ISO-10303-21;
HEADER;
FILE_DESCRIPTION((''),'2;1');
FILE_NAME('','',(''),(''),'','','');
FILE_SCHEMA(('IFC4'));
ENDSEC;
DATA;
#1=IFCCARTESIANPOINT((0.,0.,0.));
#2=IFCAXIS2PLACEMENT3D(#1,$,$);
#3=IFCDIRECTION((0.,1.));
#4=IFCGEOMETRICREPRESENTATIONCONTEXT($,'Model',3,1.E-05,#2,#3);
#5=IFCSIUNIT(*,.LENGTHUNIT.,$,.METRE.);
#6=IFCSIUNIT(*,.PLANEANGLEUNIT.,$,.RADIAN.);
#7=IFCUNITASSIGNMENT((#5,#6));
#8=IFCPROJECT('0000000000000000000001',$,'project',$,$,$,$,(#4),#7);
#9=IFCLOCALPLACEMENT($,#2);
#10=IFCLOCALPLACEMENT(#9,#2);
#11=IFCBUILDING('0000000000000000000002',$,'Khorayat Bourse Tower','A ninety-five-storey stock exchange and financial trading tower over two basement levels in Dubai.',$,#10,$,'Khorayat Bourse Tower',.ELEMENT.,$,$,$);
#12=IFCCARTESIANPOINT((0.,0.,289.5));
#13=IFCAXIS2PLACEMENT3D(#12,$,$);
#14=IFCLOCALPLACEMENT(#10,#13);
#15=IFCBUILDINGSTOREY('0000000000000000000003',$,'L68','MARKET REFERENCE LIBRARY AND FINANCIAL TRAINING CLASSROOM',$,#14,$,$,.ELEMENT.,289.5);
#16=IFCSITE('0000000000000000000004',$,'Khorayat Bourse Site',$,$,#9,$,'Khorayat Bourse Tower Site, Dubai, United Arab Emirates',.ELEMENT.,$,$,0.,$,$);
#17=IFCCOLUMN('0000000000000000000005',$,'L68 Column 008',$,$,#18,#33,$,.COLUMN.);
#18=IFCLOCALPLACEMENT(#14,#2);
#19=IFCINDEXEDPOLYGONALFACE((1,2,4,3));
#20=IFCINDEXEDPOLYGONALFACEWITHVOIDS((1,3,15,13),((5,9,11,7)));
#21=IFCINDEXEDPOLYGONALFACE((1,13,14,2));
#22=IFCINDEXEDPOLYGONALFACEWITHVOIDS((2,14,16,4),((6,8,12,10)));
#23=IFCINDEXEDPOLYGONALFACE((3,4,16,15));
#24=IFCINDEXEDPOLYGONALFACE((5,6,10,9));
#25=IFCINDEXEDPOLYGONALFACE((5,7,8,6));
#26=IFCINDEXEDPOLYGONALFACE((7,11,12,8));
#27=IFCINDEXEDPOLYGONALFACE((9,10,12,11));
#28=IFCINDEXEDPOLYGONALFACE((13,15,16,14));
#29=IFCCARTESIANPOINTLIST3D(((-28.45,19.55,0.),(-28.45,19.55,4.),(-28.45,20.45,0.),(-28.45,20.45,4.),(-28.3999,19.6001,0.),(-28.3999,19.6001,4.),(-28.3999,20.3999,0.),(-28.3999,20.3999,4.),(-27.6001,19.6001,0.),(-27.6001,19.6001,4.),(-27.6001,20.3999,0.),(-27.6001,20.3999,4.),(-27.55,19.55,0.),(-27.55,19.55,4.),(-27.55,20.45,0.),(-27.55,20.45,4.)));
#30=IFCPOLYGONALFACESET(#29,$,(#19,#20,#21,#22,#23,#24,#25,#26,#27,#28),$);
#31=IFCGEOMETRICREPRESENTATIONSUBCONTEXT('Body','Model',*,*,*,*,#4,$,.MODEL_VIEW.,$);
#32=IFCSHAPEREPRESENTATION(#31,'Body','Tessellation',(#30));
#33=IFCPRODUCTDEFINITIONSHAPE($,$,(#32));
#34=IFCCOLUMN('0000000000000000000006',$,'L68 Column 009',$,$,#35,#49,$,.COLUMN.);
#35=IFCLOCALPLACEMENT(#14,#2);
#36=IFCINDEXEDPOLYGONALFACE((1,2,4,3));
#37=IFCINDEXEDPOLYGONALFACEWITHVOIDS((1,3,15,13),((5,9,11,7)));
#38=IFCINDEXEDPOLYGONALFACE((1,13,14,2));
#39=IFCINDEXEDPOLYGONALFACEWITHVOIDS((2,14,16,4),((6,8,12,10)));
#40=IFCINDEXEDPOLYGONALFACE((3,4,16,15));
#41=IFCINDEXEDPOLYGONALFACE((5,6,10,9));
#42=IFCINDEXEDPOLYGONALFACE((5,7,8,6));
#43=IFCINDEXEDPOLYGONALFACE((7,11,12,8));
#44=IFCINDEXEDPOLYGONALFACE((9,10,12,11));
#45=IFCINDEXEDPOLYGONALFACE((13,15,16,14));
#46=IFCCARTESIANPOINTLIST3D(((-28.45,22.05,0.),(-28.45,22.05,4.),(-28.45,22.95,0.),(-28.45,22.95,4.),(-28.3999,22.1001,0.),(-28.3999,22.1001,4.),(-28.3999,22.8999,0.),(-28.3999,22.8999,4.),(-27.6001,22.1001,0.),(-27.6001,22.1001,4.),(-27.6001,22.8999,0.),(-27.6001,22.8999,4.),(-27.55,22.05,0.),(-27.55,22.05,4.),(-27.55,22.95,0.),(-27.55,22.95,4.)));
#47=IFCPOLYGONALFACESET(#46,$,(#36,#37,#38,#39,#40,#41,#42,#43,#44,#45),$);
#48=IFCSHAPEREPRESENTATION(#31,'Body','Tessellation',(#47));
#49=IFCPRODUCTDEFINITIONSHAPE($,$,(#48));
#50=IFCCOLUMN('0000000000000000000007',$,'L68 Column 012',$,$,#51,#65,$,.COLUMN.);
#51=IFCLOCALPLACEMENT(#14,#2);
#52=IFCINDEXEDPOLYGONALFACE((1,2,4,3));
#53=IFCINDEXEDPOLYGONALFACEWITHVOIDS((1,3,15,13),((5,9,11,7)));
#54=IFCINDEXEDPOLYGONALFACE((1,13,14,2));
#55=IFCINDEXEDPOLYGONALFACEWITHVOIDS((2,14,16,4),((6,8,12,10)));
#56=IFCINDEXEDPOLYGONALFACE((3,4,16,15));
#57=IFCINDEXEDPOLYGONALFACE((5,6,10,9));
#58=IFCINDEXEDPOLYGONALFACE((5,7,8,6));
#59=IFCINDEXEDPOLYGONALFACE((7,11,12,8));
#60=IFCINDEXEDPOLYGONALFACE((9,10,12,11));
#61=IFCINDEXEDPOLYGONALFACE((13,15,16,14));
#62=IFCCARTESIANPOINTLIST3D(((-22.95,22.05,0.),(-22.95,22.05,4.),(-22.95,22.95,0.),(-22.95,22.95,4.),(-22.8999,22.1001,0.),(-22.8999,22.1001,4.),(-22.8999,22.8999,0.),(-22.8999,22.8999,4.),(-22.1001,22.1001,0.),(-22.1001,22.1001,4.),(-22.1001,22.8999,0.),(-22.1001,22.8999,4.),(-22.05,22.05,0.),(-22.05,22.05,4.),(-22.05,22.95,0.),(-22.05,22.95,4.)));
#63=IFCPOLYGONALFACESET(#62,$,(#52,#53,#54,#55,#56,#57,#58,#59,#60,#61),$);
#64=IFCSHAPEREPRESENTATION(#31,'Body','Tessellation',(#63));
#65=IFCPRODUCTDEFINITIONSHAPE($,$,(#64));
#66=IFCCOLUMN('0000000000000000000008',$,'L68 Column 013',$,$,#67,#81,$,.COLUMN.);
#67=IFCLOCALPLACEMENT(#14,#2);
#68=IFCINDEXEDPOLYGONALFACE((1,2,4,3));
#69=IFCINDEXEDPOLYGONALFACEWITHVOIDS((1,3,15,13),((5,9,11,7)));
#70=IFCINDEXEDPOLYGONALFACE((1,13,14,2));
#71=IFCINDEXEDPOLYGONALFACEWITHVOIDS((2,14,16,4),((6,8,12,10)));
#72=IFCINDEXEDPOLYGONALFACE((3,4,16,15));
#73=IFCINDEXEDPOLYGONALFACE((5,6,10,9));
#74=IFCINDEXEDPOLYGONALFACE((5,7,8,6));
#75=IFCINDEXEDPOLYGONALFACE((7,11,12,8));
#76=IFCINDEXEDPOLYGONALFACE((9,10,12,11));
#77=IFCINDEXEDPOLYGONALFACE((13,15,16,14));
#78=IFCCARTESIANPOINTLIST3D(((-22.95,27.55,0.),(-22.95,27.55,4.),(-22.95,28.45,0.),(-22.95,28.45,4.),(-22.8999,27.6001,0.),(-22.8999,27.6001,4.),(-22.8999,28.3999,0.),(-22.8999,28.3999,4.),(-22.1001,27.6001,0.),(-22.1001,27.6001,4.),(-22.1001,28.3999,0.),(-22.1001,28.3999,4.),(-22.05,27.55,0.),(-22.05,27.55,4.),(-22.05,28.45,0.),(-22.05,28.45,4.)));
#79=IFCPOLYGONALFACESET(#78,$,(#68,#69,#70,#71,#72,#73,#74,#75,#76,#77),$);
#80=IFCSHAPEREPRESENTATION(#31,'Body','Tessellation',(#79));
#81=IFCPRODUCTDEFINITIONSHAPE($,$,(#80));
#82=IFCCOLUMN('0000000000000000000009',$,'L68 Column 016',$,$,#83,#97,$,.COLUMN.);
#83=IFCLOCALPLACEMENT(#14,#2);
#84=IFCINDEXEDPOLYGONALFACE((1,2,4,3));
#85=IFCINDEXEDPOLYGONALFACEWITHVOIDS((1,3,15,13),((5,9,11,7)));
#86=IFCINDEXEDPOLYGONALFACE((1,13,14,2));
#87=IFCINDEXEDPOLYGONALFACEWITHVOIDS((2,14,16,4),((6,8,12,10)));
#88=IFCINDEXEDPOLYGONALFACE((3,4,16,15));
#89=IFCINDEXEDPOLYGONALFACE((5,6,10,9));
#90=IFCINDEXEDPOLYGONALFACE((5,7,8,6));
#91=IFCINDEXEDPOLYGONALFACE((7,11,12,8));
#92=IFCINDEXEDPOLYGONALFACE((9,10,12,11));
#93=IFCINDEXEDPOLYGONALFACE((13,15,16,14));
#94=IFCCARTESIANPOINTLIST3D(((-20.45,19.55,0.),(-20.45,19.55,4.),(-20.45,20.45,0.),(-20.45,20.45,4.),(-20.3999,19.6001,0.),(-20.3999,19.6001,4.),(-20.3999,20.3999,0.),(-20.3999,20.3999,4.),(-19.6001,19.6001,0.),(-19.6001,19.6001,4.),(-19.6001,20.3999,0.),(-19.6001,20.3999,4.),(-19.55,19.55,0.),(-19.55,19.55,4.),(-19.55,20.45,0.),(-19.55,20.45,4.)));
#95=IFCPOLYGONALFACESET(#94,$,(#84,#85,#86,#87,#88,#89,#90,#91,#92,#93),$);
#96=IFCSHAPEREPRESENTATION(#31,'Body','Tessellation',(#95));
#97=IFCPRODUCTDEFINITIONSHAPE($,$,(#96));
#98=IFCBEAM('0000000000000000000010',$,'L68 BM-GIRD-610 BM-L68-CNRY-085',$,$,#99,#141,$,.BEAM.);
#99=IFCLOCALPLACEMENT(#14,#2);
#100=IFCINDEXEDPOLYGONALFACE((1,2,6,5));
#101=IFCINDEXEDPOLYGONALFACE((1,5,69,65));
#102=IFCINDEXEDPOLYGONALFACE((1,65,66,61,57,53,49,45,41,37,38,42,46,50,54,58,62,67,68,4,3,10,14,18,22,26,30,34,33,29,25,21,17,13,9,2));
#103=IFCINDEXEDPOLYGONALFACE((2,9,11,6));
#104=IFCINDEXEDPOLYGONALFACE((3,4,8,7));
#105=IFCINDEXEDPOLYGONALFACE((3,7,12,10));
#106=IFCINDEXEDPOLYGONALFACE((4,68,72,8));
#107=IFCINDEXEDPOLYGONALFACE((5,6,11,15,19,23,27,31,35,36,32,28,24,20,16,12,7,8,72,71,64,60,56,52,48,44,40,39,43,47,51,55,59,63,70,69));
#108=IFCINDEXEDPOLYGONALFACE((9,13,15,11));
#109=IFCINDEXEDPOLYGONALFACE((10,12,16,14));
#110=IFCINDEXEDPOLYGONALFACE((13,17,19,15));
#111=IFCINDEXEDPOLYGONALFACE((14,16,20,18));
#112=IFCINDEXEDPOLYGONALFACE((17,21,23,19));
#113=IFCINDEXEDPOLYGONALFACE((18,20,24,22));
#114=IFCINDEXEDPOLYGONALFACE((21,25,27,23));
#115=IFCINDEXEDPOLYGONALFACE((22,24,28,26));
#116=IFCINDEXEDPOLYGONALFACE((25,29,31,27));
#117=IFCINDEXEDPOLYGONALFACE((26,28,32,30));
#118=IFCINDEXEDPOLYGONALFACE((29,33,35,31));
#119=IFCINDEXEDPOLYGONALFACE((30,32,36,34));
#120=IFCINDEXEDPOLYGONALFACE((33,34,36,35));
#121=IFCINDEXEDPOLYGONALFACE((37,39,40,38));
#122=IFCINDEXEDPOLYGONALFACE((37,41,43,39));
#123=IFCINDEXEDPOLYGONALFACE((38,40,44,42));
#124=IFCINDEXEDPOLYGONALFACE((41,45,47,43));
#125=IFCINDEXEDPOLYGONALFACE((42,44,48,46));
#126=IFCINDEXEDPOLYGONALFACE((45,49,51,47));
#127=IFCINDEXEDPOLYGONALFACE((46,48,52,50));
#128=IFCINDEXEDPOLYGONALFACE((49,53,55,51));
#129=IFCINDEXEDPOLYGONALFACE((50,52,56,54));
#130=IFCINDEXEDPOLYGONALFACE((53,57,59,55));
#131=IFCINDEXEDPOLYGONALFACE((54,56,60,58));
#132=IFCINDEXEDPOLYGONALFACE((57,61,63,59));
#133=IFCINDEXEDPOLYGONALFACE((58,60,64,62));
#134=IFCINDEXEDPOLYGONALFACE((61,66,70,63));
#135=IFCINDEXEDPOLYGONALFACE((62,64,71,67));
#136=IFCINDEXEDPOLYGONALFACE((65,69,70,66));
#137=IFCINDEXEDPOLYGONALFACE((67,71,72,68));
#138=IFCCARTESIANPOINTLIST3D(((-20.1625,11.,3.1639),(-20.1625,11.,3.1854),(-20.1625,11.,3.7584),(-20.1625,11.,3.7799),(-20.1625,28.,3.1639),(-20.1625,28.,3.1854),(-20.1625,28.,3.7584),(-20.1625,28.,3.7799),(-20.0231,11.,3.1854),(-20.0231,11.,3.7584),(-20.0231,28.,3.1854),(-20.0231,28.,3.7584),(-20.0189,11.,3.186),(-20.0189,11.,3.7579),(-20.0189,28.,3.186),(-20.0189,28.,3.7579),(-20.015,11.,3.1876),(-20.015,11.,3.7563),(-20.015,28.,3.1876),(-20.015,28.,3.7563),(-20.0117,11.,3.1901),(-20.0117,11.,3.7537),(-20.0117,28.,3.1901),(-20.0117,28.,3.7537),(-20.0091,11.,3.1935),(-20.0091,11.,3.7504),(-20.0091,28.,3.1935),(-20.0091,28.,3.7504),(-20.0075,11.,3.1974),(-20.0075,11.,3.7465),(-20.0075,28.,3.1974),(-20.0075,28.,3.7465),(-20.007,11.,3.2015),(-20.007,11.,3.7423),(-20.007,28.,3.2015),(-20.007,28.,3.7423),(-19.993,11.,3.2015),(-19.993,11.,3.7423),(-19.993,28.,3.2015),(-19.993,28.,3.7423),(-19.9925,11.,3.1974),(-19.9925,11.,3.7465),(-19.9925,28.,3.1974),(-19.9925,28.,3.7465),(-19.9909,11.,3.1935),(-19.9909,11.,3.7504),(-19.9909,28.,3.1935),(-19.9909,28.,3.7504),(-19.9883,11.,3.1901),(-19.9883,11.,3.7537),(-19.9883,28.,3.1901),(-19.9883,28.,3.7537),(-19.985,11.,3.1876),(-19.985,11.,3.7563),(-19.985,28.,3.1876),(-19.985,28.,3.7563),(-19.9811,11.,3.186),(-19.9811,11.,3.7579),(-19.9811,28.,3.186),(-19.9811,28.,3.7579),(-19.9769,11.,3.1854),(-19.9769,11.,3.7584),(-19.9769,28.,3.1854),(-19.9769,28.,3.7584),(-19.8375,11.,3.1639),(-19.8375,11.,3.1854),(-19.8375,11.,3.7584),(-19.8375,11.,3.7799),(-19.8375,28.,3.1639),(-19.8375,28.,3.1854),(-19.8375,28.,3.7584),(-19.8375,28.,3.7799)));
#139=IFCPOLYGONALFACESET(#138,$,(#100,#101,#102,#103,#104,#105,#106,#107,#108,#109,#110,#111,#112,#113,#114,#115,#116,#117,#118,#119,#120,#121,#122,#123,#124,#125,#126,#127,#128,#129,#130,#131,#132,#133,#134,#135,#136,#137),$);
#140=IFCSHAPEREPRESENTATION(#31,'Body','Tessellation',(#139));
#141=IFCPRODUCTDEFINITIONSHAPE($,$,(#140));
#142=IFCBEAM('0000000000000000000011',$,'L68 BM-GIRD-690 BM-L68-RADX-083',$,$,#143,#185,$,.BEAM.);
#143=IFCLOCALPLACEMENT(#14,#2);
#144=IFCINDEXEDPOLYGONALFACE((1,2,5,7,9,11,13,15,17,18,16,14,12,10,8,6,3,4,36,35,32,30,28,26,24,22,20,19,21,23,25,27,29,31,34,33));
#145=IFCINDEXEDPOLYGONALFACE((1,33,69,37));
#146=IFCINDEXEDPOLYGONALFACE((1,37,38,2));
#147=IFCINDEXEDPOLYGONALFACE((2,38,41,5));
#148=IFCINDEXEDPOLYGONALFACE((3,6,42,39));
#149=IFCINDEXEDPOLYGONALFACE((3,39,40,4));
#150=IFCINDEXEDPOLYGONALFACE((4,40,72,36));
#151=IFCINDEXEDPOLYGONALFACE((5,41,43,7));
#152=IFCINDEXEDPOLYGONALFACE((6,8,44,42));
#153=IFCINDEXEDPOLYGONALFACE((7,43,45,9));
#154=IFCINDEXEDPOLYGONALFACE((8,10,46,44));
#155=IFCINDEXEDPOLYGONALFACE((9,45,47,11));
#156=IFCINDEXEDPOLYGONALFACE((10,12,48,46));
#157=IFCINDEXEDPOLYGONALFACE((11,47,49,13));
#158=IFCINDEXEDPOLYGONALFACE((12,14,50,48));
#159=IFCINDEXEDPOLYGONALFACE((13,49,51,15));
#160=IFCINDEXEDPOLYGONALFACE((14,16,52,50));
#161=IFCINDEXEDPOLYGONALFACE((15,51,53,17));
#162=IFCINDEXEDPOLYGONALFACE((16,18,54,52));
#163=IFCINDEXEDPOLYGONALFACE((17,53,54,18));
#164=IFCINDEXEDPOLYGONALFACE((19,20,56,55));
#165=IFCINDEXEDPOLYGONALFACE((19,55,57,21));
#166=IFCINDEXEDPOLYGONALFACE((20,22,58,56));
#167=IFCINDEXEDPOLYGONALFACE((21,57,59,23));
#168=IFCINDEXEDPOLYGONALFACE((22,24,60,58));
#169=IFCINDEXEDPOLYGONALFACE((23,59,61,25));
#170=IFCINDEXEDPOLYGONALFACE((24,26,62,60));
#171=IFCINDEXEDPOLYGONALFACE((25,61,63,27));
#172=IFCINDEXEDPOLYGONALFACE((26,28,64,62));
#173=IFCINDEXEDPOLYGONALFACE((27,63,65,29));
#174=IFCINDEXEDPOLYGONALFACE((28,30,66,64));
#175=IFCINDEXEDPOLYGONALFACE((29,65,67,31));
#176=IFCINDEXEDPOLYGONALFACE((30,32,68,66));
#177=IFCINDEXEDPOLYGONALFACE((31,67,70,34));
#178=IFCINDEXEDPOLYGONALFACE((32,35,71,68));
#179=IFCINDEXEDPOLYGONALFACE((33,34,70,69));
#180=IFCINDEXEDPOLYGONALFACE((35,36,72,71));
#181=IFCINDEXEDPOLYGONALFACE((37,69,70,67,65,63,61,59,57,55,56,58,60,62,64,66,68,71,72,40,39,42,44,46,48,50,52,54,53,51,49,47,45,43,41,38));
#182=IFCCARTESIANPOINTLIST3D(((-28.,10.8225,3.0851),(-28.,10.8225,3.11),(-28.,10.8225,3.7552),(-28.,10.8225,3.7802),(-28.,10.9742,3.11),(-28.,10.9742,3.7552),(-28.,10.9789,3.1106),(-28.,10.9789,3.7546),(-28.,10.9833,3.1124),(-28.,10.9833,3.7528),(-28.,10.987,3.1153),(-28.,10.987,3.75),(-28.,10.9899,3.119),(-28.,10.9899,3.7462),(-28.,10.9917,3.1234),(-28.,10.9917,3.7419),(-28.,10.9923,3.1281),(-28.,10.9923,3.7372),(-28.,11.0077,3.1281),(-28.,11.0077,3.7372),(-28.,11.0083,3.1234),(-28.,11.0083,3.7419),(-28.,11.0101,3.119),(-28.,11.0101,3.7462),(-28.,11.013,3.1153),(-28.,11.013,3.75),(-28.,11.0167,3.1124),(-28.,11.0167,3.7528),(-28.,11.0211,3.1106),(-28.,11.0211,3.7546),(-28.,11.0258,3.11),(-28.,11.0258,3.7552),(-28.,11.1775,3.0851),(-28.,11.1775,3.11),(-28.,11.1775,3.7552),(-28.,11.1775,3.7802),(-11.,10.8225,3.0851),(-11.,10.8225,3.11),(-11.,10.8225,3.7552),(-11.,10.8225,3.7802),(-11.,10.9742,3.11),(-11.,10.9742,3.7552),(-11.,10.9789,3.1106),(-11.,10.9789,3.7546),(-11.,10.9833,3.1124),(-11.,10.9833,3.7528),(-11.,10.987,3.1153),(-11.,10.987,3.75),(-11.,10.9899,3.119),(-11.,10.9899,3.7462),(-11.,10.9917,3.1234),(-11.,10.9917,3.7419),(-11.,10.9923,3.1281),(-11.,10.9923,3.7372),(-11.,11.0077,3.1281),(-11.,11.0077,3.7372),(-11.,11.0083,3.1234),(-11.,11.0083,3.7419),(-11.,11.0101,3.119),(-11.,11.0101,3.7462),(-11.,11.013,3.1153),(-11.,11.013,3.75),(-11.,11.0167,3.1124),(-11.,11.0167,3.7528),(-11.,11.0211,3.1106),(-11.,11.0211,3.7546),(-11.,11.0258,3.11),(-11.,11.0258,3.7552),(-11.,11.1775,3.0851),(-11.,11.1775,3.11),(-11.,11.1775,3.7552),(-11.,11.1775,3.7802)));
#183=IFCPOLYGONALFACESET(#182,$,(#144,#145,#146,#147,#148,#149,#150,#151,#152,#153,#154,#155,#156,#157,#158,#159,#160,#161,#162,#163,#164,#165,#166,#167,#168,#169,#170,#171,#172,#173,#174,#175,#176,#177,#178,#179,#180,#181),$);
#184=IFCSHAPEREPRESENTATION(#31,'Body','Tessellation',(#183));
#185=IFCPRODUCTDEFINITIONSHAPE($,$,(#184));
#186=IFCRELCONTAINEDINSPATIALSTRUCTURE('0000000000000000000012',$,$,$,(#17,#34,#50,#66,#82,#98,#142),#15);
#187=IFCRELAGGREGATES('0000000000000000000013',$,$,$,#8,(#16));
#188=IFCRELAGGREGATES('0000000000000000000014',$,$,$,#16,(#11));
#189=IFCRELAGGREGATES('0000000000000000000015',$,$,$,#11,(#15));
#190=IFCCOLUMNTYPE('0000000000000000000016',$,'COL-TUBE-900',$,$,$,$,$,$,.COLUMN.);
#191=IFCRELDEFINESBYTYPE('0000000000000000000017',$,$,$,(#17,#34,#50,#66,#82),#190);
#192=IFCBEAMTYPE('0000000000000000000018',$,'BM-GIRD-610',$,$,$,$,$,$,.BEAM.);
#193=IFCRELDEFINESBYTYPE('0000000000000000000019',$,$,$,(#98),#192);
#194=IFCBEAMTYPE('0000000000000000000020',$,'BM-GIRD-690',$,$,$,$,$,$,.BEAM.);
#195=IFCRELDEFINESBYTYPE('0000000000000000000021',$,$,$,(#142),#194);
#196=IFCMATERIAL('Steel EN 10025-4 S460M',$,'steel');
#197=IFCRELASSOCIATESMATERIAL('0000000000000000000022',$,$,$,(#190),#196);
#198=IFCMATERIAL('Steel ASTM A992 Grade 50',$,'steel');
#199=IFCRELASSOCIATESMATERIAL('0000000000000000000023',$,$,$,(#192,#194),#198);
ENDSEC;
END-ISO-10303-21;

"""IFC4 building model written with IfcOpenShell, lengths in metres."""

from ifc_helpers import new_model, si_unit, direction, frame, origin, origin_2d, place, context, subcontext, project, spatial, hollow_rectangle, i_section, extrude, source, transform, mapped, material, material_profile, profile_set, type_object, element, save


model = new_model("IFC4")

# Units and contexts
model_context = context("Model", 3, precision=1e-05, world=origin(), true_north=direction((0.0, 1.0)))
body_context = subcontext(model_context, "Body", "Model", "MODEL_VIEW")
ifc_project = project(units=[si_unit("LENGTHUNIT", "METRE"), si_unit("PLANEANGLEUNIT", "RADIAN")], contexts=[model_context])

# Site, building, storey
site_placement = place(None, origin())
site = spatial("IfcSite", under=ifc_project, at=site_placement, Name="Khorayat Bourse Site", LongName="Khorayat Bourse Tower Site, Dubai, United Arab Emirates", CompositionType="ELEMENT", RefElevation=0.0)
building_placement = place(site_placement, origin())
building = spatial("IfcBuilding", under=site, at=building_placement, Name="Khorayat Bourse Tower", Description="A ninety-five-storey stock exchange and financial trading tower over two basement levels in Dubai.", LongName="Khorayat Bourse Tower", CompositionType="ELEMENT")
storey_placement = place(building_placement, frame((0.0, 0.0, 289.5)))
storey = spatial("IfcBuildingStorey", under=building, at=storey_placement, Name="L68", Description="MARKET REFERENCE LIBRARY AND FINANCIAL TRAINING CLASSROOM", CompositionType="ELEMENT", Elevation=289.5)

# Columns
ifc_material_1 = material(Name="Steel EN 10025-4 S460M", Category="steel")
ifc_material_profile_1 = material_profile(ifc_material_1, hollow_rectangle(XDim=0.8999, YDim=0.8999, WallThickness=0.05, at=origin_2d()), Name="BOX 900x900x50")
ifc_profile_set_1 = profile_set([ifc_material_profile_1], Name="Steel EN 10025-4 S460M")
column_type = type_object("IfcColumnType", Name="COL-TUBE-900", PredefinedType="COLUMN", material=ifc_profile_set_1)
shared_shape_1 = source(origin(), body_context, "Body", "SweptSolid", [
    extrude(hollow_rectangle(XDim=0.8999, YDim=0.8999, WallThickness=0.05, at=origin_2d()), origin(), (0.0, 0.0, 1.0), 4.0),
])
for number, where, z_axis, x_axis, name in (
    (1, (-28.0, 20.0, 0.0), (0.0, 0.0, 1.0), (1.0, 0.0, 0.0), "L68 Column 008"),
    (2, (-28.0, 22.5, 0.0), (0.0, 0.0, 1.0), (1.0, 0.0, 0.0), "L68 Column 009"),
    (3, (-22.5, 22.5, 0.0), (0.0, 0.0, 1.0), (1.0, 0.0, 0.0), "L68 Column 012"),
    (4, (-22.5, 28.0, 0.0), (0.0, 0.0, 1.0), (1.0, 0.0, 0.0), "L68 Column 013"),
    (5, (-20.0, 20.0, 0.0), (0.0, 0.0, 1.0), (1.0, 0.0, 0.0), "L68 Column 016"),
):
    element("IfcColumn", number, at=place(storey_placement, frame(where, z_axis=z_axis, x_axis=x_axis)), inside=storey, type_object=column_type, Name=name, PredefinedType="COLUMN", context=body_context, shape_type="MappedRepresentation", body=[
        mapped(shared_shape_1, transform((0.0, 0.0, 0.0), scale=1.0)),
    ])

# Beams
ifc_material_2 = material(Name="Steel ASTM A992 Grade 50", Category="steel")
ifc_material_profile_2 = material_profile(ifc_material_2, i_section(OverallWidth=0.325, OverallDepth=0.616, WebThickness=0.0139, FlangeThickness=0.0215, FilletRadius=0.0161, at=origin_2d()), Name="W610X174")
ifc_profile_set_2 = profile_set([ifc_material_profile_2], Name="Steel ASTM A992 Grade 50")
beam_type_1 = type_object("IfcBeamType", Name="BM-GIRD-610", PredefinedType="BEAM", material=ifc_profile_set_2)
shared_shape_2 = source(origin(), body_context, "Body", "SweptSolid", [
    extrude(i_section(OverallWidth=0.325, OverallDepth=0.616, WebThickness=0.0139, FlangeThickness=0.0215, FilletRadius=0.0161, at=origin_2d()), origin(), (0.0, 0.0, 1.0), 17.0),
])
beam_1_placement = place(storey_placement, frame((-20.0, 11.0, 3.4719), z_axis=(0.0, 1.0, 0.0), x_axis=(-1.0, 0.0, 0.0)))
element("IfcBeam", 6, at=beam_1_placement, inside=storey, type_object=beam_type_1, Name="L68 BM-GIRD-610 BM-L68-CNRY-085", PredefinedType="BEAM", context=body_context, shape_type="MappedRepresentation", body=[
    mapped(shared_shape_2, transform((0.0, 0.0, 0.0), scale=1.0)),
])
ifc_material_profile_3 = material_profile(ifc_material_2, i_section(OverallWidth=0.355, OverallDepth=0.6951, WebThickness=0.0154, FlangeThickness=0.0249, FilletRadius=0.0181, at=origin_2d()), Name="W690X217")
ifc_profile_set_3 = profile_set([ifc_material_profile_3], Name="Steel ASTM A992 Grade 50")
beam_type_2 = type_object("IfcBeamType", Name="BM-GIRD-690", PredefinedType="BEAM", material=ifc_profile_set_3)
shared_shape_3 = source(origin(), body_context, "Body", "SweptSolid", [
    extrude(i_section(OverallWidth=0.355, OverallDepth=0.6951, WebThickness=0.0154, FlangeThickness=0.0249, FilletRadius=0.0181, at=origin_2d()), origin(), (0.0, 0.0, 1.0), 17.0),
])
beam_2_placement = place(storey_placement, frame((-28.0, 11.0, 3.4326), z_axis=(1.0, 0.0, 0.0), x_axis=(0.0, 1.0, 0.0)))
element("IfcBeam", 7, at=beam_2_placement, inside=storey, type_object=beam_type_2, Name="L68 BM-GIRD-690 BM-L68-RADX-083", PredefinedType="BEAM", context=body_context, shape_type="MappedRepresentation", body=[
    mapped(shared_shape_3, transform((0.0, 0.0, 0.0), scale=1.0)),
])

save(model, "model.ifc")
